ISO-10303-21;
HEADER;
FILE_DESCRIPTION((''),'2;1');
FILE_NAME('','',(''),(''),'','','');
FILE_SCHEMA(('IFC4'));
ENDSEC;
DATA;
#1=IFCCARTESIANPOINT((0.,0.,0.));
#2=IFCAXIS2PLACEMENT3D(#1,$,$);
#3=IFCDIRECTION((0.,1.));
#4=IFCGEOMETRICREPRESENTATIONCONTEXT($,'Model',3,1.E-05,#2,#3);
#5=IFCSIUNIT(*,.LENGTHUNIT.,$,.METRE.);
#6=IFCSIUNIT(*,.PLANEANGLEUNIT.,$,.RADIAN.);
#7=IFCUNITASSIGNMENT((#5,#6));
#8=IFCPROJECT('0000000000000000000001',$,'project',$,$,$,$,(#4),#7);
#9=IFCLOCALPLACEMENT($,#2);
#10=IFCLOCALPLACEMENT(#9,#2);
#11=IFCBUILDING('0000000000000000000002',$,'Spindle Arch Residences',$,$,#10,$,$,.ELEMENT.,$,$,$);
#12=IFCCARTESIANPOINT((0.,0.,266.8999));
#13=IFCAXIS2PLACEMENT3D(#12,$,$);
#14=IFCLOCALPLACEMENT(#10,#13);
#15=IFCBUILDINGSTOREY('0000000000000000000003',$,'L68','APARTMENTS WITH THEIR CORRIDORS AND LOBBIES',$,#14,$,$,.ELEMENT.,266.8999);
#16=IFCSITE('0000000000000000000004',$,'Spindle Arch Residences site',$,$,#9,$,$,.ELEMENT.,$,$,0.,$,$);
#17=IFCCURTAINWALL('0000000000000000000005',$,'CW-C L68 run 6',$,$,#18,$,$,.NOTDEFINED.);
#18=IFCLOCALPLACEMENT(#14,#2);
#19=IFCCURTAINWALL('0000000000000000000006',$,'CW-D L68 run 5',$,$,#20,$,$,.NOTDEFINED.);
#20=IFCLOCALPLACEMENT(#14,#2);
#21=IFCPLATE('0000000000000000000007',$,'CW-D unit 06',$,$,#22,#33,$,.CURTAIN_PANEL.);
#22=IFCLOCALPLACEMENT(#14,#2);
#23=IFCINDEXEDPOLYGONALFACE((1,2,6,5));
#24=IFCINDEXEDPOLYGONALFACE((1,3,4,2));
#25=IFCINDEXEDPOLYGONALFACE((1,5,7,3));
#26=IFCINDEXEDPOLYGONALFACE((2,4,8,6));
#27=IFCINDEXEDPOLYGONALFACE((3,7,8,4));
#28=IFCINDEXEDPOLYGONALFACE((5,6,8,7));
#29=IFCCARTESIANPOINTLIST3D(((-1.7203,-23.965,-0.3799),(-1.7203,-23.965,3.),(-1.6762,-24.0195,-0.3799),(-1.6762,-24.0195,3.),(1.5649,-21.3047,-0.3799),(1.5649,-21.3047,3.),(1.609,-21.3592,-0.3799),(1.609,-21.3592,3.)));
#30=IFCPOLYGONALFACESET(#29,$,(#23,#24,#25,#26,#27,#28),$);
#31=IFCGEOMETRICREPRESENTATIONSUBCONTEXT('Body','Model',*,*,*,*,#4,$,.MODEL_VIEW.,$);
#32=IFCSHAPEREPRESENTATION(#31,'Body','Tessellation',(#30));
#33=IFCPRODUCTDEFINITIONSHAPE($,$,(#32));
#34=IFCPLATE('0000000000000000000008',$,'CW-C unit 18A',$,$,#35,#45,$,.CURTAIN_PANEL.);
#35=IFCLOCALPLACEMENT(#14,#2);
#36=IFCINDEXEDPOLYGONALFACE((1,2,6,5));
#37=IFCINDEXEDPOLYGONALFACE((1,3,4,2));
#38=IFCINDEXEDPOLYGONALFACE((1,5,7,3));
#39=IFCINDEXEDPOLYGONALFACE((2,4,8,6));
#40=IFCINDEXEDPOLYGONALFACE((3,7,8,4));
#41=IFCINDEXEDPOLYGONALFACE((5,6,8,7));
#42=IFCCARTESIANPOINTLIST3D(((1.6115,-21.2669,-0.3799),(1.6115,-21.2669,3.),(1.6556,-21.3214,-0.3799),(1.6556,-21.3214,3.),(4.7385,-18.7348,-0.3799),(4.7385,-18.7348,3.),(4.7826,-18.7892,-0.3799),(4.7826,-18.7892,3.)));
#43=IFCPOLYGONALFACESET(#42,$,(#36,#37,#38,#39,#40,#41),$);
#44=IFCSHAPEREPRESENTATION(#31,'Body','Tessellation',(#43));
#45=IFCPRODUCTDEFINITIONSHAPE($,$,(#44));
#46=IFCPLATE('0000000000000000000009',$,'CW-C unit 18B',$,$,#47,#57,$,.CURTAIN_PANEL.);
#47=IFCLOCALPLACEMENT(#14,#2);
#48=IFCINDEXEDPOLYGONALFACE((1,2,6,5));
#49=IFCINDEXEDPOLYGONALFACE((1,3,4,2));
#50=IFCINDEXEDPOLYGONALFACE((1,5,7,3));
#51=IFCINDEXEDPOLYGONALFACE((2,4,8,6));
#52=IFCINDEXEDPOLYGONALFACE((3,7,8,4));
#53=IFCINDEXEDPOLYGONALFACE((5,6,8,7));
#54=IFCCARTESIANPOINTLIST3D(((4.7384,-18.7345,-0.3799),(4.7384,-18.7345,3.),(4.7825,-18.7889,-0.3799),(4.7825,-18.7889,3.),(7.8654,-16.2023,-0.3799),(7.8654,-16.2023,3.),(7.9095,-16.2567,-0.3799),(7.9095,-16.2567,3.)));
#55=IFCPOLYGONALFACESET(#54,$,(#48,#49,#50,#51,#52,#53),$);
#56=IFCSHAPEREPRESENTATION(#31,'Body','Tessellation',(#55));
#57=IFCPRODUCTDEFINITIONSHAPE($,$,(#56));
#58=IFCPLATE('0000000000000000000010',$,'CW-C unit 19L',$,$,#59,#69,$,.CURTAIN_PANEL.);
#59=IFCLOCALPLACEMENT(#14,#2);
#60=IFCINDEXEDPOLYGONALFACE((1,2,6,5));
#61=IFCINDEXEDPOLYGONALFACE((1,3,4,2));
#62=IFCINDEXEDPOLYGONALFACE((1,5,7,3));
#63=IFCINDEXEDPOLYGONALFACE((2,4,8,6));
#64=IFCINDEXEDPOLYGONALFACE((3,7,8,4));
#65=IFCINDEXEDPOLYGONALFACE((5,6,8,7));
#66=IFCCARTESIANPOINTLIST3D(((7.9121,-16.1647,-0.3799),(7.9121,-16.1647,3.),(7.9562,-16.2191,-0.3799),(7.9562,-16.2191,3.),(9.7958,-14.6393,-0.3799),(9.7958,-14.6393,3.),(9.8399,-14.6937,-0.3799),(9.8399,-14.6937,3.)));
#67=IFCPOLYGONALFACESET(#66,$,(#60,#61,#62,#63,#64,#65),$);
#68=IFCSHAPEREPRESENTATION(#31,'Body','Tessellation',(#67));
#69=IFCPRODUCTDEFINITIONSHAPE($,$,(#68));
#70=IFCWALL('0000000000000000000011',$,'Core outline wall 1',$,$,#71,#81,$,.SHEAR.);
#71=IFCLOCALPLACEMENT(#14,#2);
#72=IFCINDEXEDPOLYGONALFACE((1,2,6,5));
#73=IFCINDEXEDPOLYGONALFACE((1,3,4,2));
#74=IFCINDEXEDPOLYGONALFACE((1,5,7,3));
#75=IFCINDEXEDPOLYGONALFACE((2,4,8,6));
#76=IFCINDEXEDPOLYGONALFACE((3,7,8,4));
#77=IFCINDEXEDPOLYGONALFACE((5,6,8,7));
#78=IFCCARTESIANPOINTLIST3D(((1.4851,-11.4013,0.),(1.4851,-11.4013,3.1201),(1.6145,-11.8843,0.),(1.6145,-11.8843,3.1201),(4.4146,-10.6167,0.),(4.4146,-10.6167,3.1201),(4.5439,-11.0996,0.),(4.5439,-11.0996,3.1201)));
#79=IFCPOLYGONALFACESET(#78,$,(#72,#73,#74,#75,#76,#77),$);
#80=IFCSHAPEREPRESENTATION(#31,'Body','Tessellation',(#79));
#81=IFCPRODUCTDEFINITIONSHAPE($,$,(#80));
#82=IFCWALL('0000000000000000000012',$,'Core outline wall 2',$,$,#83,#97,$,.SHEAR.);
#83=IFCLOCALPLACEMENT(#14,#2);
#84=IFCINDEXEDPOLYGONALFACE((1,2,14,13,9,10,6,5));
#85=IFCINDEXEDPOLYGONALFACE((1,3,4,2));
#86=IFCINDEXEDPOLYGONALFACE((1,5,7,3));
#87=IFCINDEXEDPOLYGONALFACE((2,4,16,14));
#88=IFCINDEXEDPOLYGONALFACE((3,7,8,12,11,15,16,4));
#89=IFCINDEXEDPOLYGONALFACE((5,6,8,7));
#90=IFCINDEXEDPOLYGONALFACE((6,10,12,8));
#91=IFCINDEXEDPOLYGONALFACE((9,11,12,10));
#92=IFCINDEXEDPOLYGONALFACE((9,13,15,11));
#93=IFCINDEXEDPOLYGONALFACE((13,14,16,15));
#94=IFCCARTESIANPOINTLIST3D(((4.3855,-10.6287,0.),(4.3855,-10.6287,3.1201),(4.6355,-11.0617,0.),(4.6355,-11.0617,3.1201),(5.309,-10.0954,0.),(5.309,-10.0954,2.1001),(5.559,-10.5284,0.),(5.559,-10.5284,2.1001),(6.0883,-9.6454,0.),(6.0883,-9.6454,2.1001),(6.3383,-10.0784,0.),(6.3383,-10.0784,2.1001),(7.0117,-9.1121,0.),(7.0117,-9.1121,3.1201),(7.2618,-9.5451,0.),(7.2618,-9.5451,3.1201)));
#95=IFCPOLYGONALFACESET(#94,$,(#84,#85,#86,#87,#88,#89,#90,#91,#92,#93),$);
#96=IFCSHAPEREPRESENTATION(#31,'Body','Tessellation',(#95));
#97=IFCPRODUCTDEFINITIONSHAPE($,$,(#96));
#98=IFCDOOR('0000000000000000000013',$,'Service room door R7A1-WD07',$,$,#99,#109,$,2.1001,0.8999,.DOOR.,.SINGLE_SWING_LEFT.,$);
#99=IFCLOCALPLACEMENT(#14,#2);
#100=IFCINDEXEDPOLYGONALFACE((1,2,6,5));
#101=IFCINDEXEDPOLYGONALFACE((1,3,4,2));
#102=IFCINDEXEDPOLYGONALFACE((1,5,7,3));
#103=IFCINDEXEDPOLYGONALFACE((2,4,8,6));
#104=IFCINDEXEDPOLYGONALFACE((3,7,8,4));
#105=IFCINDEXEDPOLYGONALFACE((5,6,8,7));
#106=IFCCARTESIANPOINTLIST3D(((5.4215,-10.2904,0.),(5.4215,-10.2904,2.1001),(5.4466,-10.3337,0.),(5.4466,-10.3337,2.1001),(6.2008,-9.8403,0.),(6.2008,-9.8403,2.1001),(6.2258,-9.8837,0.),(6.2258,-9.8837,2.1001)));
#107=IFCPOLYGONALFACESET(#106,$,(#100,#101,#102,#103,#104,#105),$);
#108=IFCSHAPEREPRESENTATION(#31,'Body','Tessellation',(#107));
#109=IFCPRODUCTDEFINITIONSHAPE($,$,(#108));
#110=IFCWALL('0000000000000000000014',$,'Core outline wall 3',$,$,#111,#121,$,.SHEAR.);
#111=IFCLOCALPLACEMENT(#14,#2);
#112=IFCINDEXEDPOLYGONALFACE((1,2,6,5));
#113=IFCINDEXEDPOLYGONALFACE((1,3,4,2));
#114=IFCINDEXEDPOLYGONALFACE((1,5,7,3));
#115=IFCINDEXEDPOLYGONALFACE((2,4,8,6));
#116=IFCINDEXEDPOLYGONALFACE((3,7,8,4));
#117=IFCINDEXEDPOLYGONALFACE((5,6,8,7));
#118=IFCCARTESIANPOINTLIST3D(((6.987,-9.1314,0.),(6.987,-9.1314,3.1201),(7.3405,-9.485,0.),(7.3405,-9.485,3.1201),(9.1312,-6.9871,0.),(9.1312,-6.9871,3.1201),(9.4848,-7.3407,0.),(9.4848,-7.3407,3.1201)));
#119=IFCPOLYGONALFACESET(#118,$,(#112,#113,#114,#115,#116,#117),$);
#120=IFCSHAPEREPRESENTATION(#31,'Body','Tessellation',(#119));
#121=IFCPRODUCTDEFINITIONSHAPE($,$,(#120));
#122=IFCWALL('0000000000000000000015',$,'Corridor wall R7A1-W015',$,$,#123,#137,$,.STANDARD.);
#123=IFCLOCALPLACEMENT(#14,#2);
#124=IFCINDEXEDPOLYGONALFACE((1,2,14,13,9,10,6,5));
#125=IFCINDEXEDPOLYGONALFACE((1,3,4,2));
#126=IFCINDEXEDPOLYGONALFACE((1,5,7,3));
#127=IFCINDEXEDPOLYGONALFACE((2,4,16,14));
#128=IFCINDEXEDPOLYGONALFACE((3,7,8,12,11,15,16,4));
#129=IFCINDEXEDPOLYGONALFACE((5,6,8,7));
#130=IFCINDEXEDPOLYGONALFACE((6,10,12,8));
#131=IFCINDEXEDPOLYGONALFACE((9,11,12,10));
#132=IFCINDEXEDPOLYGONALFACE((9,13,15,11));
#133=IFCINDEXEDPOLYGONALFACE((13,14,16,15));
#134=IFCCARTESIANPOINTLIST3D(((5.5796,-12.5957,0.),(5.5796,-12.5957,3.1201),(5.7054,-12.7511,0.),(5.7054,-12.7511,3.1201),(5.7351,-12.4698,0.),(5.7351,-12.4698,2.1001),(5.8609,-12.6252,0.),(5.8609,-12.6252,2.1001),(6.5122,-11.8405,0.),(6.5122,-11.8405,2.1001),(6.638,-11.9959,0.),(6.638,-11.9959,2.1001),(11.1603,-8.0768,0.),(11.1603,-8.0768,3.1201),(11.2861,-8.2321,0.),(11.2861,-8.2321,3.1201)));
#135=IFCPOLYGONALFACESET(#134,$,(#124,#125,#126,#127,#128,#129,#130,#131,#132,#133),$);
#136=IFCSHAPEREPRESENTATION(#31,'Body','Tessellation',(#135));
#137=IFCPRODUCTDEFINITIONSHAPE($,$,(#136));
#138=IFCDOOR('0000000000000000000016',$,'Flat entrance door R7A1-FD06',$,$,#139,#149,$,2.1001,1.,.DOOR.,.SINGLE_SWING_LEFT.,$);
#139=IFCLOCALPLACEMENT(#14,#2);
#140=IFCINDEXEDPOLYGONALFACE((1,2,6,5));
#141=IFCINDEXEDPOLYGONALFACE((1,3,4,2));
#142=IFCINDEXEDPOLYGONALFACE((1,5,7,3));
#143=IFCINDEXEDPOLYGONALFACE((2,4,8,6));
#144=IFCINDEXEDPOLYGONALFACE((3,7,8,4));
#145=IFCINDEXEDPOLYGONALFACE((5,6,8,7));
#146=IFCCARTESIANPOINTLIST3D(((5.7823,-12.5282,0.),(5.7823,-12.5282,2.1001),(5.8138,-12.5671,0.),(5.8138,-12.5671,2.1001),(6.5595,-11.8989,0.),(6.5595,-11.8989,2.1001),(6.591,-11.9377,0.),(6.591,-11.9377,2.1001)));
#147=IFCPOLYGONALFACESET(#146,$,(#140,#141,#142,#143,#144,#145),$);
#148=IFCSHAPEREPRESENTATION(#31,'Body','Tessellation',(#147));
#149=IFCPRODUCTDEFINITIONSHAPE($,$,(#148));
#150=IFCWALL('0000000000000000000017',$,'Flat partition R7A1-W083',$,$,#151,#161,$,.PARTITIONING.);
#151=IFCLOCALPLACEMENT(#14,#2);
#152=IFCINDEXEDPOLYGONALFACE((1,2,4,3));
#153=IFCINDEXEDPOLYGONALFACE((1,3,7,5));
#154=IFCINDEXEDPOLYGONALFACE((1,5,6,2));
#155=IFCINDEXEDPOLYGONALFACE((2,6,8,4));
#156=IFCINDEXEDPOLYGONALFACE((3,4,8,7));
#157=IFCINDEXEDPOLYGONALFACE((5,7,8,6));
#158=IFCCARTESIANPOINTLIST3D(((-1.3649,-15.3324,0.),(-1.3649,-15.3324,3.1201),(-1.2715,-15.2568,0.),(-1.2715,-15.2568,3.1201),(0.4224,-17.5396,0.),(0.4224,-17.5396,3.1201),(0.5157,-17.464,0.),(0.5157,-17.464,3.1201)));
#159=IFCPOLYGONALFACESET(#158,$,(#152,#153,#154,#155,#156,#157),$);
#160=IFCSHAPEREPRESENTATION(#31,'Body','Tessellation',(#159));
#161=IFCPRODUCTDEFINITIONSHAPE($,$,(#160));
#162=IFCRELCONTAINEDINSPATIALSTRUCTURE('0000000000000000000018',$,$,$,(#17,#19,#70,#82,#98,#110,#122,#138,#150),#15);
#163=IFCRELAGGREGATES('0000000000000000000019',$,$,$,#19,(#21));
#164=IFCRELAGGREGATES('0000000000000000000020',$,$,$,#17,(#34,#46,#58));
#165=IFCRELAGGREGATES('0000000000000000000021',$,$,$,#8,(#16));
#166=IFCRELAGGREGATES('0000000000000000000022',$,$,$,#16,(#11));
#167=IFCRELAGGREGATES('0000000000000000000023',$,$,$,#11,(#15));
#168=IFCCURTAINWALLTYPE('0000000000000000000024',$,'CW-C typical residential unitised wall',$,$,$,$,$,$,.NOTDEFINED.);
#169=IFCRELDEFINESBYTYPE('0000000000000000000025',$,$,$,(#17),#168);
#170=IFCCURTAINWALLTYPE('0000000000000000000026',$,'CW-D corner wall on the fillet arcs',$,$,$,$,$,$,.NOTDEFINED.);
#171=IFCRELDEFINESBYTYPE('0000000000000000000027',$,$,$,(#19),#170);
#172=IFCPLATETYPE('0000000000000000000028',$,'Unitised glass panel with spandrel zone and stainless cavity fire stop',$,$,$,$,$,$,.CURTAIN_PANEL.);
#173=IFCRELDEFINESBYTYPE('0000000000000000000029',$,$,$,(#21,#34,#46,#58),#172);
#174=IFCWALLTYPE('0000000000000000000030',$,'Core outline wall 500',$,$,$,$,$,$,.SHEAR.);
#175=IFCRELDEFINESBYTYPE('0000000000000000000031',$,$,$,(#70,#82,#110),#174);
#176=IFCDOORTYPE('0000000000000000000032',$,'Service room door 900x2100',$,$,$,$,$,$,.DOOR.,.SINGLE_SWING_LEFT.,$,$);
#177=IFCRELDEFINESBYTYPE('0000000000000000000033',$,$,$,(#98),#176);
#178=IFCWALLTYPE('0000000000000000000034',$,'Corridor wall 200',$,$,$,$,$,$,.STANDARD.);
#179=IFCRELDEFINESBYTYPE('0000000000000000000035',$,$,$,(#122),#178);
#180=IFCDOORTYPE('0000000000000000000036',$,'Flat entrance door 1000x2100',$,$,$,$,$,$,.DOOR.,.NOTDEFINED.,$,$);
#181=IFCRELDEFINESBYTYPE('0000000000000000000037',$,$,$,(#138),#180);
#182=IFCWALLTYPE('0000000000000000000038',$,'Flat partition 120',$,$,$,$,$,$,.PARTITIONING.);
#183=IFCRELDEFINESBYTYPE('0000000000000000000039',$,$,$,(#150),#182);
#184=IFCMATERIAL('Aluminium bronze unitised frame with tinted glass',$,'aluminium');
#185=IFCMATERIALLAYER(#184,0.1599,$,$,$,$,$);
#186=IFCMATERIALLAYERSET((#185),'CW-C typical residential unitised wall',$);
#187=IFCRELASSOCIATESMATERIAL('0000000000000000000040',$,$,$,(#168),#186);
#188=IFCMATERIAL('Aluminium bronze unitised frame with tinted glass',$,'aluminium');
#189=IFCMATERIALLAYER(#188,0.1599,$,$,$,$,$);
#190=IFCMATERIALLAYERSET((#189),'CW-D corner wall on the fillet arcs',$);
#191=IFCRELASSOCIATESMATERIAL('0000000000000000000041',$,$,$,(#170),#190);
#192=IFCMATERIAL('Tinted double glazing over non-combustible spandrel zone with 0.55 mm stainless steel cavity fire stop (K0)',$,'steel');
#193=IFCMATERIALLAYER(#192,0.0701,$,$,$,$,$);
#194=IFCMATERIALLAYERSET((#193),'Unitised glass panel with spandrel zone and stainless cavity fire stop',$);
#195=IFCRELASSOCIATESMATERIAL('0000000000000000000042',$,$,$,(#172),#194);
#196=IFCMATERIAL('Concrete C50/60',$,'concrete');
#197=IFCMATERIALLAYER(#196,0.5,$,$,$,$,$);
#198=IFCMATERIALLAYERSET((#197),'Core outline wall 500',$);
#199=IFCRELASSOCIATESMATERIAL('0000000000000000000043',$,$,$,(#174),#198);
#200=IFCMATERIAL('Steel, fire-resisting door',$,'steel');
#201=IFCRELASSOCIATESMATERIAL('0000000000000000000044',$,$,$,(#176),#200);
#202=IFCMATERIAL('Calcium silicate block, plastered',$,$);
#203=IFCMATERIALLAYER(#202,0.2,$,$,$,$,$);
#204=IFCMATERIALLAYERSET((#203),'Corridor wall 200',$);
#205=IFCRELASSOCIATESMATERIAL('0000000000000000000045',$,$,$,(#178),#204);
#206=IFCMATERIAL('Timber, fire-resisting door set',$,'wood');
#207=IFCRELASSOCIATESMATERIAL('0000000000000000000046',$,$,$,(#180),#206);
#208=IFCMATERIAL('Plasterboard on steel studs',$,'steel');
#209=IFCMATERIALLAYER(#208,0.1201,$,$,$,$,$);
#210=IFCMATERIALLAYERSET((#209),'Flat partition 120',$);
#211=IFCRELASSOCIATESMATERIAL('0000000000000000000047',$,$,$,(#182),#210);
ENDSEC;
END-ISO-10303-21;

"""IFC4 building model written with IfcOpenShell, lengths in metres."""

from ifc_helpers import new_model, si_unit, direction, frame, frame_2d, origin, origin_2d, place, context, subcontext, project, spatial, rectangle, extrude, material, layer, layer_set, type_object, element, fill, aggregate, save


model = new_model("IFC4")

# Units and contexts
model_context = context("Model", 3, precision=1e-05, world=origin(), true_north=direction((0.0, 1.0)))
body_context = subcontext(model_context, "Body", "Model", "MODEL_VIEW")
ifc_project = project(units=[si_unit("LENGTHUNIT", "METRE"), si_unit("PLANEANGLEUNIT", "RADIAN")], contexts=[model_context])

# Site, building, storey
site_placement = place(None, origin())
site = spatial("IfcSite", under=ifc_project, at=site_placement, Name="Spindle Arch Residences site", CompositionType="ELEMENT", RefElevation=0.0)
building_placement = place(site_placement, origin())
building = spatial("IfcBuilding", under=site, at=building_placement, Name="Spindle Arch Residences", CompositionType="ELEMENT")
storey_placement = place(building_placement, frame((0.0, 0.0, 266.8999)))
storey = spatial("IfcBuildingStorey", under=building, at=storey_placement, Name="L68", Description="APARTMENTS WITH THEIR CORRIDORS AND LOBBIES", CompositionType="ELEMENT", Elevation=266.8999)

# Curtain wall
ifc_material_1 = material(Name="Aluminium bronze unitised frame with tinted glass", Category="aluminium")
ifc_layer_1 = layer(ifc_material_1, 0.1599)
ifc_layer_set_1 = layer_set([ifc_layer_1], Name="CW-C typical residential unitised wall")
curtain_wall_type_1 = type_object("IfcCurtainWallType", Name="CW-C typical residential unitised wall", PredefinedType="NOTDEFINED", material=ifc_layer_set_1)
curtain_wall_1_placement = place(storey_placement, origin())
curtain_wall_1 = element("IfcCurtainWall", 1, at=curtain_wall_1_placement, inside=storey, type_object=curtain_wall_type_1, Name="CW-C L68 run 6", PredefinedType="NOTDEFINED")

# Curtain wall, plate
ifc_material_2 = material(Name="Aluminium bronze unitised frame with tinted glass", Category="aluminium")
ifc_layer_2 = layer(ifc_material_2, 0.1599)
ifc_layer_set_2 = layer_set([ifc_layer_2], Name="CW-D corner wall on the fillet arcs")
curtain_wall_type_2 = type_object("IfcCurtainWallType", Name="CW-D corner wall on the fillet arcs", PredefinedType="NOTDEFINED", material=ifc_layer_set_2)
curtain_wall_2_placement = place(storey_placement, origin())
curtain_wall_2 = element("IfcCurtainWall", 2, at=curtain_wall_2_placement, inside=storey, type_object=curtain_wall_type_2, Name="CW-D L68 run 5", PredefinedType="NOTDEFINED")
ifc_material_3 = material(Name="Tinted double glazing over non-combustible spandrel zone with 0.55 mm stainless steel cavity fire stop (K0)", Category="steel")
ifc_layer_3 = layer(ifc_material_3, 0.0701)
ifc_layer_set_3 = layer_set([ifc_layer_3], Name="Unitised glass panel with spandrel zone and stainless cavity fire stop")
plate_type = type_object("IfcPlateType", Name="Unitised glass panel with spandrel zone and stainless cavity fire stop", PredefinedType="CURTAIN_PANEL", material=ifc_layer_set_3)
plate_1_placement = place(storey_placement, frame((-0.0557, -22.6621, -0.3799), z_axis=(0.0, 0.0, 1.0), x_axis=(0.777146, 0.62932, 0.0)))
plate_1 = element("IfcPlate", 3, at=plate_1_placement, type_object=plate_type, Name="CW-D unit 06", PredefinedType="CURTAIN_PANEL", context=body_context, shape_type="SweptSolid", body=[
    extrude(rectangle(XDim=4.2273, YDim=0.0701, at=origin_2d()), origin(), (0.0, 0.0, 1.0), 3.3799),
])
aggregate(curtain_wall_2, [plate_1])

# Plates
plate_2_placement = place(storey_placement, frame((3.197, -20.0281, -0.3799), z_axis=(0.0, 0.0, 1.0), x_axis=(0.777146, 0.62932, 0.0)))
plate_2 = element("IfcPlate", 4, at=plate_2_placement, type_object=plate_type, Name="CW-C unit 18A", PredefinedType="CURTAIN_PANEL", context=body_context, shape_type="SweptSolid", body=[
    extrude(rectangle(XDim=4.0237, YDim=0.0701, at=origin_2d()), origin(), (0.0, 0.0, 1.0), 3.3799),
])
plate_3_placement = place(storey_placement, frame((6.324, -17.4956, -0.3799), z_axis=(0.0, 0.0, 1.0), x_axis=(0.777146, 0.62932, 0.0)))
plate_3 = element("IfcPlate", 5, at=plate_3_placement, type_object=plate_type, Name="CW-C unit 18B", PredefinedType="CURTAIN_PANEL", context=body_context, shape_type="SweptSolid", body=[
    extrude(rectangle(XDim=4.0237, YDim=0.0701, at=origin_2d()), origin(), (0.0, 0.0, 1.0), 3.3799),
])
plate_4_placement = place(storey_placement, frame((8.876, -15.4292, -0.3799), z_axis=(0.0, 0.0, 1.0), x_axis=(0.777146, 0.62932, 0.0)))
plate_4 = element("IfcPlate", 6, at=plate_4_placement, type_object=plate_type, Name="CW-C unit 19L", PredefinedType="CURTAIN_PANEL", context=body_context, shape_type="SweptSolid", body=[
    extrude(rectangle(XDim=2.4238, YDim=0.0701, at=origin_2d()), origin(), (0.0, 0.0, 1.0), 3.3799),
])
aggregate(curtain_wall_1, [plate_2, plate_3, plate_4])

# Wall
ifc_material_4 = material(Name="Concrete C50/60", Category="concrete")
ifc_layer_4 = layer(ifc_material_4, 0.5)
ifc_layer_set_4 = layer_set([ifc_layer_4], Name="Core outline wall 500")
wall_type_1 = type_object("IfcWallType", Name="Core outline wall 500", PredefinedType="SHEAR", material=ifc_layer_set_4)
wall_1_placement = place(storey_placement, frame((1.5498, -11.6428, 0.0), z_axis=(0.0, 0.0, 1.0), x_axis=(0.965948, 0.258735, 0.0)))
element("IfcWall", 7, at=wall_1_placement, inside=storey, type_object=wall_type_1, Name="Core outline wall 1", PredefinedType="SHEAR", context=body_context, shape_type="SweptSolid", body=[
    extrude(rectangle(XDim=3.0327, YDim=0.5, at=frame_2d((1.5164, 0.0))), origin(), (0.0, 0.0, 1.0), 3.1201),
])

# Wall, opening, door
wall_2_placement = place(storey_placement, frame((4.5105, -10.8452, 0.0), z_axis=(0.0, 0.0, 1.0), x_axis=(0.865975, 0.500087, 0.0)))
wall_2 = element("IfcWall", 8, at=wall_2_placement, inside=storey, type_object=wall_type_1, Name="Core outline wall 2", PredefinedType="SHEAR", context=body_context, shape_type="SweptSolid", body=[
    extrude(rectangle(XDim=3.0327, YDim=0.5, at=frame_2d((1.5164, 0.0))), origin(), (0.0, 0.0, 1.0), 3.1201),
])
opening_1_placement = place(wall_2_placement, frame((1.0664, 0.0, 0.0)))
opening_1 = element("IfcOpeningElement", 9, at=opening_1_placement, cuts=wall_2, PredefinedType="OPENING", context=body_context, shape_type="SweptSolid", body=[
    extrude(rectangle(XDim=0.8999, YDim=2.1001, at=frame_2d((0.45, 1.05))), frame((0.0, 0.26, 0.0), z_axis=(0.0, -1.0, 0.0), x_axis=(1.0, 0.0, 0.0)), (0.0, 0.0, 1.0), 0.52),
])
ifc_material_5 = material(Name="Steel, fire-resisting door", Category="steel")
door_type_1 = type_object("IfcDoorType", Name="Service room door 900x2100", OperationType="SINGLE_SWING_LEFT", PredefinedType="DOOR", material=ifc_material_5)
door_1_placement = place(opening_1_placement, origin())
door_1 = element("IfcDoor", 10, at=door_1_placement, inside=storey, type_object=door_type_1, Name="Service room door R7A1-WD07", OperationType="SINGLE_SWING_LEFT", OverallHeight=2.1001, OverallWidth=0.8999, PredefinedType="DOOR", context=body_context, shape_type="SweptSolid", body=[
    extrude(rectangle(XDim=0.8999, YDim=2.1001, at=frame_2d((0.45, 1.05))), frame((0.0, 0.0249, 0.0), z_axis=(0.0, -1.0, 0.0), x_axis=(1.0, 0.0, 0.0)), (0.0, 0.0, 1.0), 0.05),
])
fill(opening_1, door_1)

# Wall
wall_3_placement = place(storey_placement, frame((7.1638, -9.3081, 0.0), z_axis=(0.0, 0.0, 1.0), x_axis=(0.707107, 0.707107, 0.0)))
element("IfcWall", 11, at=wall_3_placement, inside=storey, type_object=wall_type_1, Name="Core outline wall 3", PredefinedType="SHEAR", context=body_context, shape_type="SweptSolid", body=[
    extrude(rectangle(XDim=3.0325, YDim=0.5, at=frame_2d((1.5161, 0.0))), origin(), (0.0, 0.0, 1.0), 3.1201),
])

# Wall, opening, door
ifc_material_6 = material(Name="Calcium silicate block, plastered")
ifc_layer_5 = layer(ifc_material_6, 0.2)
ifc_layer_set_5 = layer_set([ifc_layer_5], Name="Corridor wall 200")
wall_type_2 = type_object("IfcWallType", Name="Corridor wall 200", PredefinedType="STANDARD", material=ifc_layer_set_5)
wall_4_placement = place(storey_placement, frame((5.6426, -12.6733, 0.0), z_axis=(0.0, 0.0, 1.0), x_axis=(0.77716, 0.629303, 0.0)))
wall_4 = element("IfcWall", 12, at=wall_4_placement, inside=storey, type_object=wall_type_2, Name="Corridor wall R7A1-W015", PredefinedType="STANDARD", context=body_context, shape_type="SweptSolid", body=[
    extrude(rectangle(XDim=7.1809, YDim=0.2, at=frame_2d((3.5903, 0.0))), origin(), (0.0, 0.0, 1.0), 3.1201),
])
opening_2_placement = place(wall_4_placement, frame((0.2, 0.0, 0.0)))
opening_2 = element("IfcOpeningElement", 13, at=opening_2_placement, cuts=wall_4, PredefinedType="OPENING", context=body_context, shape_type="SweptSolid", body=[
    extrude(rectangle(XDim=1.0, YDim=2.1001, at=frame_2d((0.5, 1.05))), frame((0.0, 0.1099, 0.0), z_axis=(0.0, -1.0, 0.0), x_axis=(1.0, 0.0, 0.0)), (0.0, 0.0, 1.0), 0.22),
])
ifc_material_7 = material(Name="Timber, fire-resisting door set", Category="wood")
door_type_2 = type_object("IfcDoorType", Name="Flat entrance door 1000x2100", OperationType="NOTDEFINED", PredefinedType="DOOR", material=ifc_material_7)
door_2_placement = place(opening_2_placement, origin())
door_2 = element("IfcDoor", 14, at=door_2_placement, inside=storey, type_object=door_type_2, Name="Flat entrance door R7A1-FD06", OperationType="SINGLE_SWING_LEFT", OverallHeight=2.1001, OverallWidth=1.0, PredefinedType="DOOR", context=body_context, shape_type="SweptSolid", body=[
    extrude(rectangle(XDim=1.0, YDim=2.1001, at=frame_2d((0.5, 1.05))), frame((0.0, 0.0249, 0.0), z_axis=(0.0, -1.0, 0.0), x_axis=(1.0, 0.0, 0.0)), (0.0, 0.0, 1.0), 0.05),
])
fill(opening_2, door_2)

# Wall
ifc_material_8 = material(Name="Plasterboard on steel studs", Category="steel")
ifc_layer_6 = layer(ifc_material_8, 0.1201)
ifc_layer_set_6 = layer_set([ifc_layer_6], Name="Flat partition 120")
wall_type_3 = type_object("IfcWallType", Name="Flat partition 120", PredefinedType="PARTITIONING", material=ifc_layer_set_6)
wall_5_placement = place(storey_placement, frame((0.469, -17.5017, 0.0), z_axis=(0.0, 0.0, 1.0), x_axis=(-0.629307, 0.777157, 0.0)))
element("IfcWall", 15, at=wall_5_placement, inside=storey, type_object=wall_type_3, Name="Flat partition R7A1-W083", PredefinedType="PARTITIONING", context=body_context, shape_type="SweptSolid", body=[
    extrude(rectangle(XDim=2.8401, YDim=0.1201, at=frame_2d((1.4199, 0.0))), origin(), (0.0, 0.0, 1.0), 3.1201),
])

save(model, "model.ifc")
